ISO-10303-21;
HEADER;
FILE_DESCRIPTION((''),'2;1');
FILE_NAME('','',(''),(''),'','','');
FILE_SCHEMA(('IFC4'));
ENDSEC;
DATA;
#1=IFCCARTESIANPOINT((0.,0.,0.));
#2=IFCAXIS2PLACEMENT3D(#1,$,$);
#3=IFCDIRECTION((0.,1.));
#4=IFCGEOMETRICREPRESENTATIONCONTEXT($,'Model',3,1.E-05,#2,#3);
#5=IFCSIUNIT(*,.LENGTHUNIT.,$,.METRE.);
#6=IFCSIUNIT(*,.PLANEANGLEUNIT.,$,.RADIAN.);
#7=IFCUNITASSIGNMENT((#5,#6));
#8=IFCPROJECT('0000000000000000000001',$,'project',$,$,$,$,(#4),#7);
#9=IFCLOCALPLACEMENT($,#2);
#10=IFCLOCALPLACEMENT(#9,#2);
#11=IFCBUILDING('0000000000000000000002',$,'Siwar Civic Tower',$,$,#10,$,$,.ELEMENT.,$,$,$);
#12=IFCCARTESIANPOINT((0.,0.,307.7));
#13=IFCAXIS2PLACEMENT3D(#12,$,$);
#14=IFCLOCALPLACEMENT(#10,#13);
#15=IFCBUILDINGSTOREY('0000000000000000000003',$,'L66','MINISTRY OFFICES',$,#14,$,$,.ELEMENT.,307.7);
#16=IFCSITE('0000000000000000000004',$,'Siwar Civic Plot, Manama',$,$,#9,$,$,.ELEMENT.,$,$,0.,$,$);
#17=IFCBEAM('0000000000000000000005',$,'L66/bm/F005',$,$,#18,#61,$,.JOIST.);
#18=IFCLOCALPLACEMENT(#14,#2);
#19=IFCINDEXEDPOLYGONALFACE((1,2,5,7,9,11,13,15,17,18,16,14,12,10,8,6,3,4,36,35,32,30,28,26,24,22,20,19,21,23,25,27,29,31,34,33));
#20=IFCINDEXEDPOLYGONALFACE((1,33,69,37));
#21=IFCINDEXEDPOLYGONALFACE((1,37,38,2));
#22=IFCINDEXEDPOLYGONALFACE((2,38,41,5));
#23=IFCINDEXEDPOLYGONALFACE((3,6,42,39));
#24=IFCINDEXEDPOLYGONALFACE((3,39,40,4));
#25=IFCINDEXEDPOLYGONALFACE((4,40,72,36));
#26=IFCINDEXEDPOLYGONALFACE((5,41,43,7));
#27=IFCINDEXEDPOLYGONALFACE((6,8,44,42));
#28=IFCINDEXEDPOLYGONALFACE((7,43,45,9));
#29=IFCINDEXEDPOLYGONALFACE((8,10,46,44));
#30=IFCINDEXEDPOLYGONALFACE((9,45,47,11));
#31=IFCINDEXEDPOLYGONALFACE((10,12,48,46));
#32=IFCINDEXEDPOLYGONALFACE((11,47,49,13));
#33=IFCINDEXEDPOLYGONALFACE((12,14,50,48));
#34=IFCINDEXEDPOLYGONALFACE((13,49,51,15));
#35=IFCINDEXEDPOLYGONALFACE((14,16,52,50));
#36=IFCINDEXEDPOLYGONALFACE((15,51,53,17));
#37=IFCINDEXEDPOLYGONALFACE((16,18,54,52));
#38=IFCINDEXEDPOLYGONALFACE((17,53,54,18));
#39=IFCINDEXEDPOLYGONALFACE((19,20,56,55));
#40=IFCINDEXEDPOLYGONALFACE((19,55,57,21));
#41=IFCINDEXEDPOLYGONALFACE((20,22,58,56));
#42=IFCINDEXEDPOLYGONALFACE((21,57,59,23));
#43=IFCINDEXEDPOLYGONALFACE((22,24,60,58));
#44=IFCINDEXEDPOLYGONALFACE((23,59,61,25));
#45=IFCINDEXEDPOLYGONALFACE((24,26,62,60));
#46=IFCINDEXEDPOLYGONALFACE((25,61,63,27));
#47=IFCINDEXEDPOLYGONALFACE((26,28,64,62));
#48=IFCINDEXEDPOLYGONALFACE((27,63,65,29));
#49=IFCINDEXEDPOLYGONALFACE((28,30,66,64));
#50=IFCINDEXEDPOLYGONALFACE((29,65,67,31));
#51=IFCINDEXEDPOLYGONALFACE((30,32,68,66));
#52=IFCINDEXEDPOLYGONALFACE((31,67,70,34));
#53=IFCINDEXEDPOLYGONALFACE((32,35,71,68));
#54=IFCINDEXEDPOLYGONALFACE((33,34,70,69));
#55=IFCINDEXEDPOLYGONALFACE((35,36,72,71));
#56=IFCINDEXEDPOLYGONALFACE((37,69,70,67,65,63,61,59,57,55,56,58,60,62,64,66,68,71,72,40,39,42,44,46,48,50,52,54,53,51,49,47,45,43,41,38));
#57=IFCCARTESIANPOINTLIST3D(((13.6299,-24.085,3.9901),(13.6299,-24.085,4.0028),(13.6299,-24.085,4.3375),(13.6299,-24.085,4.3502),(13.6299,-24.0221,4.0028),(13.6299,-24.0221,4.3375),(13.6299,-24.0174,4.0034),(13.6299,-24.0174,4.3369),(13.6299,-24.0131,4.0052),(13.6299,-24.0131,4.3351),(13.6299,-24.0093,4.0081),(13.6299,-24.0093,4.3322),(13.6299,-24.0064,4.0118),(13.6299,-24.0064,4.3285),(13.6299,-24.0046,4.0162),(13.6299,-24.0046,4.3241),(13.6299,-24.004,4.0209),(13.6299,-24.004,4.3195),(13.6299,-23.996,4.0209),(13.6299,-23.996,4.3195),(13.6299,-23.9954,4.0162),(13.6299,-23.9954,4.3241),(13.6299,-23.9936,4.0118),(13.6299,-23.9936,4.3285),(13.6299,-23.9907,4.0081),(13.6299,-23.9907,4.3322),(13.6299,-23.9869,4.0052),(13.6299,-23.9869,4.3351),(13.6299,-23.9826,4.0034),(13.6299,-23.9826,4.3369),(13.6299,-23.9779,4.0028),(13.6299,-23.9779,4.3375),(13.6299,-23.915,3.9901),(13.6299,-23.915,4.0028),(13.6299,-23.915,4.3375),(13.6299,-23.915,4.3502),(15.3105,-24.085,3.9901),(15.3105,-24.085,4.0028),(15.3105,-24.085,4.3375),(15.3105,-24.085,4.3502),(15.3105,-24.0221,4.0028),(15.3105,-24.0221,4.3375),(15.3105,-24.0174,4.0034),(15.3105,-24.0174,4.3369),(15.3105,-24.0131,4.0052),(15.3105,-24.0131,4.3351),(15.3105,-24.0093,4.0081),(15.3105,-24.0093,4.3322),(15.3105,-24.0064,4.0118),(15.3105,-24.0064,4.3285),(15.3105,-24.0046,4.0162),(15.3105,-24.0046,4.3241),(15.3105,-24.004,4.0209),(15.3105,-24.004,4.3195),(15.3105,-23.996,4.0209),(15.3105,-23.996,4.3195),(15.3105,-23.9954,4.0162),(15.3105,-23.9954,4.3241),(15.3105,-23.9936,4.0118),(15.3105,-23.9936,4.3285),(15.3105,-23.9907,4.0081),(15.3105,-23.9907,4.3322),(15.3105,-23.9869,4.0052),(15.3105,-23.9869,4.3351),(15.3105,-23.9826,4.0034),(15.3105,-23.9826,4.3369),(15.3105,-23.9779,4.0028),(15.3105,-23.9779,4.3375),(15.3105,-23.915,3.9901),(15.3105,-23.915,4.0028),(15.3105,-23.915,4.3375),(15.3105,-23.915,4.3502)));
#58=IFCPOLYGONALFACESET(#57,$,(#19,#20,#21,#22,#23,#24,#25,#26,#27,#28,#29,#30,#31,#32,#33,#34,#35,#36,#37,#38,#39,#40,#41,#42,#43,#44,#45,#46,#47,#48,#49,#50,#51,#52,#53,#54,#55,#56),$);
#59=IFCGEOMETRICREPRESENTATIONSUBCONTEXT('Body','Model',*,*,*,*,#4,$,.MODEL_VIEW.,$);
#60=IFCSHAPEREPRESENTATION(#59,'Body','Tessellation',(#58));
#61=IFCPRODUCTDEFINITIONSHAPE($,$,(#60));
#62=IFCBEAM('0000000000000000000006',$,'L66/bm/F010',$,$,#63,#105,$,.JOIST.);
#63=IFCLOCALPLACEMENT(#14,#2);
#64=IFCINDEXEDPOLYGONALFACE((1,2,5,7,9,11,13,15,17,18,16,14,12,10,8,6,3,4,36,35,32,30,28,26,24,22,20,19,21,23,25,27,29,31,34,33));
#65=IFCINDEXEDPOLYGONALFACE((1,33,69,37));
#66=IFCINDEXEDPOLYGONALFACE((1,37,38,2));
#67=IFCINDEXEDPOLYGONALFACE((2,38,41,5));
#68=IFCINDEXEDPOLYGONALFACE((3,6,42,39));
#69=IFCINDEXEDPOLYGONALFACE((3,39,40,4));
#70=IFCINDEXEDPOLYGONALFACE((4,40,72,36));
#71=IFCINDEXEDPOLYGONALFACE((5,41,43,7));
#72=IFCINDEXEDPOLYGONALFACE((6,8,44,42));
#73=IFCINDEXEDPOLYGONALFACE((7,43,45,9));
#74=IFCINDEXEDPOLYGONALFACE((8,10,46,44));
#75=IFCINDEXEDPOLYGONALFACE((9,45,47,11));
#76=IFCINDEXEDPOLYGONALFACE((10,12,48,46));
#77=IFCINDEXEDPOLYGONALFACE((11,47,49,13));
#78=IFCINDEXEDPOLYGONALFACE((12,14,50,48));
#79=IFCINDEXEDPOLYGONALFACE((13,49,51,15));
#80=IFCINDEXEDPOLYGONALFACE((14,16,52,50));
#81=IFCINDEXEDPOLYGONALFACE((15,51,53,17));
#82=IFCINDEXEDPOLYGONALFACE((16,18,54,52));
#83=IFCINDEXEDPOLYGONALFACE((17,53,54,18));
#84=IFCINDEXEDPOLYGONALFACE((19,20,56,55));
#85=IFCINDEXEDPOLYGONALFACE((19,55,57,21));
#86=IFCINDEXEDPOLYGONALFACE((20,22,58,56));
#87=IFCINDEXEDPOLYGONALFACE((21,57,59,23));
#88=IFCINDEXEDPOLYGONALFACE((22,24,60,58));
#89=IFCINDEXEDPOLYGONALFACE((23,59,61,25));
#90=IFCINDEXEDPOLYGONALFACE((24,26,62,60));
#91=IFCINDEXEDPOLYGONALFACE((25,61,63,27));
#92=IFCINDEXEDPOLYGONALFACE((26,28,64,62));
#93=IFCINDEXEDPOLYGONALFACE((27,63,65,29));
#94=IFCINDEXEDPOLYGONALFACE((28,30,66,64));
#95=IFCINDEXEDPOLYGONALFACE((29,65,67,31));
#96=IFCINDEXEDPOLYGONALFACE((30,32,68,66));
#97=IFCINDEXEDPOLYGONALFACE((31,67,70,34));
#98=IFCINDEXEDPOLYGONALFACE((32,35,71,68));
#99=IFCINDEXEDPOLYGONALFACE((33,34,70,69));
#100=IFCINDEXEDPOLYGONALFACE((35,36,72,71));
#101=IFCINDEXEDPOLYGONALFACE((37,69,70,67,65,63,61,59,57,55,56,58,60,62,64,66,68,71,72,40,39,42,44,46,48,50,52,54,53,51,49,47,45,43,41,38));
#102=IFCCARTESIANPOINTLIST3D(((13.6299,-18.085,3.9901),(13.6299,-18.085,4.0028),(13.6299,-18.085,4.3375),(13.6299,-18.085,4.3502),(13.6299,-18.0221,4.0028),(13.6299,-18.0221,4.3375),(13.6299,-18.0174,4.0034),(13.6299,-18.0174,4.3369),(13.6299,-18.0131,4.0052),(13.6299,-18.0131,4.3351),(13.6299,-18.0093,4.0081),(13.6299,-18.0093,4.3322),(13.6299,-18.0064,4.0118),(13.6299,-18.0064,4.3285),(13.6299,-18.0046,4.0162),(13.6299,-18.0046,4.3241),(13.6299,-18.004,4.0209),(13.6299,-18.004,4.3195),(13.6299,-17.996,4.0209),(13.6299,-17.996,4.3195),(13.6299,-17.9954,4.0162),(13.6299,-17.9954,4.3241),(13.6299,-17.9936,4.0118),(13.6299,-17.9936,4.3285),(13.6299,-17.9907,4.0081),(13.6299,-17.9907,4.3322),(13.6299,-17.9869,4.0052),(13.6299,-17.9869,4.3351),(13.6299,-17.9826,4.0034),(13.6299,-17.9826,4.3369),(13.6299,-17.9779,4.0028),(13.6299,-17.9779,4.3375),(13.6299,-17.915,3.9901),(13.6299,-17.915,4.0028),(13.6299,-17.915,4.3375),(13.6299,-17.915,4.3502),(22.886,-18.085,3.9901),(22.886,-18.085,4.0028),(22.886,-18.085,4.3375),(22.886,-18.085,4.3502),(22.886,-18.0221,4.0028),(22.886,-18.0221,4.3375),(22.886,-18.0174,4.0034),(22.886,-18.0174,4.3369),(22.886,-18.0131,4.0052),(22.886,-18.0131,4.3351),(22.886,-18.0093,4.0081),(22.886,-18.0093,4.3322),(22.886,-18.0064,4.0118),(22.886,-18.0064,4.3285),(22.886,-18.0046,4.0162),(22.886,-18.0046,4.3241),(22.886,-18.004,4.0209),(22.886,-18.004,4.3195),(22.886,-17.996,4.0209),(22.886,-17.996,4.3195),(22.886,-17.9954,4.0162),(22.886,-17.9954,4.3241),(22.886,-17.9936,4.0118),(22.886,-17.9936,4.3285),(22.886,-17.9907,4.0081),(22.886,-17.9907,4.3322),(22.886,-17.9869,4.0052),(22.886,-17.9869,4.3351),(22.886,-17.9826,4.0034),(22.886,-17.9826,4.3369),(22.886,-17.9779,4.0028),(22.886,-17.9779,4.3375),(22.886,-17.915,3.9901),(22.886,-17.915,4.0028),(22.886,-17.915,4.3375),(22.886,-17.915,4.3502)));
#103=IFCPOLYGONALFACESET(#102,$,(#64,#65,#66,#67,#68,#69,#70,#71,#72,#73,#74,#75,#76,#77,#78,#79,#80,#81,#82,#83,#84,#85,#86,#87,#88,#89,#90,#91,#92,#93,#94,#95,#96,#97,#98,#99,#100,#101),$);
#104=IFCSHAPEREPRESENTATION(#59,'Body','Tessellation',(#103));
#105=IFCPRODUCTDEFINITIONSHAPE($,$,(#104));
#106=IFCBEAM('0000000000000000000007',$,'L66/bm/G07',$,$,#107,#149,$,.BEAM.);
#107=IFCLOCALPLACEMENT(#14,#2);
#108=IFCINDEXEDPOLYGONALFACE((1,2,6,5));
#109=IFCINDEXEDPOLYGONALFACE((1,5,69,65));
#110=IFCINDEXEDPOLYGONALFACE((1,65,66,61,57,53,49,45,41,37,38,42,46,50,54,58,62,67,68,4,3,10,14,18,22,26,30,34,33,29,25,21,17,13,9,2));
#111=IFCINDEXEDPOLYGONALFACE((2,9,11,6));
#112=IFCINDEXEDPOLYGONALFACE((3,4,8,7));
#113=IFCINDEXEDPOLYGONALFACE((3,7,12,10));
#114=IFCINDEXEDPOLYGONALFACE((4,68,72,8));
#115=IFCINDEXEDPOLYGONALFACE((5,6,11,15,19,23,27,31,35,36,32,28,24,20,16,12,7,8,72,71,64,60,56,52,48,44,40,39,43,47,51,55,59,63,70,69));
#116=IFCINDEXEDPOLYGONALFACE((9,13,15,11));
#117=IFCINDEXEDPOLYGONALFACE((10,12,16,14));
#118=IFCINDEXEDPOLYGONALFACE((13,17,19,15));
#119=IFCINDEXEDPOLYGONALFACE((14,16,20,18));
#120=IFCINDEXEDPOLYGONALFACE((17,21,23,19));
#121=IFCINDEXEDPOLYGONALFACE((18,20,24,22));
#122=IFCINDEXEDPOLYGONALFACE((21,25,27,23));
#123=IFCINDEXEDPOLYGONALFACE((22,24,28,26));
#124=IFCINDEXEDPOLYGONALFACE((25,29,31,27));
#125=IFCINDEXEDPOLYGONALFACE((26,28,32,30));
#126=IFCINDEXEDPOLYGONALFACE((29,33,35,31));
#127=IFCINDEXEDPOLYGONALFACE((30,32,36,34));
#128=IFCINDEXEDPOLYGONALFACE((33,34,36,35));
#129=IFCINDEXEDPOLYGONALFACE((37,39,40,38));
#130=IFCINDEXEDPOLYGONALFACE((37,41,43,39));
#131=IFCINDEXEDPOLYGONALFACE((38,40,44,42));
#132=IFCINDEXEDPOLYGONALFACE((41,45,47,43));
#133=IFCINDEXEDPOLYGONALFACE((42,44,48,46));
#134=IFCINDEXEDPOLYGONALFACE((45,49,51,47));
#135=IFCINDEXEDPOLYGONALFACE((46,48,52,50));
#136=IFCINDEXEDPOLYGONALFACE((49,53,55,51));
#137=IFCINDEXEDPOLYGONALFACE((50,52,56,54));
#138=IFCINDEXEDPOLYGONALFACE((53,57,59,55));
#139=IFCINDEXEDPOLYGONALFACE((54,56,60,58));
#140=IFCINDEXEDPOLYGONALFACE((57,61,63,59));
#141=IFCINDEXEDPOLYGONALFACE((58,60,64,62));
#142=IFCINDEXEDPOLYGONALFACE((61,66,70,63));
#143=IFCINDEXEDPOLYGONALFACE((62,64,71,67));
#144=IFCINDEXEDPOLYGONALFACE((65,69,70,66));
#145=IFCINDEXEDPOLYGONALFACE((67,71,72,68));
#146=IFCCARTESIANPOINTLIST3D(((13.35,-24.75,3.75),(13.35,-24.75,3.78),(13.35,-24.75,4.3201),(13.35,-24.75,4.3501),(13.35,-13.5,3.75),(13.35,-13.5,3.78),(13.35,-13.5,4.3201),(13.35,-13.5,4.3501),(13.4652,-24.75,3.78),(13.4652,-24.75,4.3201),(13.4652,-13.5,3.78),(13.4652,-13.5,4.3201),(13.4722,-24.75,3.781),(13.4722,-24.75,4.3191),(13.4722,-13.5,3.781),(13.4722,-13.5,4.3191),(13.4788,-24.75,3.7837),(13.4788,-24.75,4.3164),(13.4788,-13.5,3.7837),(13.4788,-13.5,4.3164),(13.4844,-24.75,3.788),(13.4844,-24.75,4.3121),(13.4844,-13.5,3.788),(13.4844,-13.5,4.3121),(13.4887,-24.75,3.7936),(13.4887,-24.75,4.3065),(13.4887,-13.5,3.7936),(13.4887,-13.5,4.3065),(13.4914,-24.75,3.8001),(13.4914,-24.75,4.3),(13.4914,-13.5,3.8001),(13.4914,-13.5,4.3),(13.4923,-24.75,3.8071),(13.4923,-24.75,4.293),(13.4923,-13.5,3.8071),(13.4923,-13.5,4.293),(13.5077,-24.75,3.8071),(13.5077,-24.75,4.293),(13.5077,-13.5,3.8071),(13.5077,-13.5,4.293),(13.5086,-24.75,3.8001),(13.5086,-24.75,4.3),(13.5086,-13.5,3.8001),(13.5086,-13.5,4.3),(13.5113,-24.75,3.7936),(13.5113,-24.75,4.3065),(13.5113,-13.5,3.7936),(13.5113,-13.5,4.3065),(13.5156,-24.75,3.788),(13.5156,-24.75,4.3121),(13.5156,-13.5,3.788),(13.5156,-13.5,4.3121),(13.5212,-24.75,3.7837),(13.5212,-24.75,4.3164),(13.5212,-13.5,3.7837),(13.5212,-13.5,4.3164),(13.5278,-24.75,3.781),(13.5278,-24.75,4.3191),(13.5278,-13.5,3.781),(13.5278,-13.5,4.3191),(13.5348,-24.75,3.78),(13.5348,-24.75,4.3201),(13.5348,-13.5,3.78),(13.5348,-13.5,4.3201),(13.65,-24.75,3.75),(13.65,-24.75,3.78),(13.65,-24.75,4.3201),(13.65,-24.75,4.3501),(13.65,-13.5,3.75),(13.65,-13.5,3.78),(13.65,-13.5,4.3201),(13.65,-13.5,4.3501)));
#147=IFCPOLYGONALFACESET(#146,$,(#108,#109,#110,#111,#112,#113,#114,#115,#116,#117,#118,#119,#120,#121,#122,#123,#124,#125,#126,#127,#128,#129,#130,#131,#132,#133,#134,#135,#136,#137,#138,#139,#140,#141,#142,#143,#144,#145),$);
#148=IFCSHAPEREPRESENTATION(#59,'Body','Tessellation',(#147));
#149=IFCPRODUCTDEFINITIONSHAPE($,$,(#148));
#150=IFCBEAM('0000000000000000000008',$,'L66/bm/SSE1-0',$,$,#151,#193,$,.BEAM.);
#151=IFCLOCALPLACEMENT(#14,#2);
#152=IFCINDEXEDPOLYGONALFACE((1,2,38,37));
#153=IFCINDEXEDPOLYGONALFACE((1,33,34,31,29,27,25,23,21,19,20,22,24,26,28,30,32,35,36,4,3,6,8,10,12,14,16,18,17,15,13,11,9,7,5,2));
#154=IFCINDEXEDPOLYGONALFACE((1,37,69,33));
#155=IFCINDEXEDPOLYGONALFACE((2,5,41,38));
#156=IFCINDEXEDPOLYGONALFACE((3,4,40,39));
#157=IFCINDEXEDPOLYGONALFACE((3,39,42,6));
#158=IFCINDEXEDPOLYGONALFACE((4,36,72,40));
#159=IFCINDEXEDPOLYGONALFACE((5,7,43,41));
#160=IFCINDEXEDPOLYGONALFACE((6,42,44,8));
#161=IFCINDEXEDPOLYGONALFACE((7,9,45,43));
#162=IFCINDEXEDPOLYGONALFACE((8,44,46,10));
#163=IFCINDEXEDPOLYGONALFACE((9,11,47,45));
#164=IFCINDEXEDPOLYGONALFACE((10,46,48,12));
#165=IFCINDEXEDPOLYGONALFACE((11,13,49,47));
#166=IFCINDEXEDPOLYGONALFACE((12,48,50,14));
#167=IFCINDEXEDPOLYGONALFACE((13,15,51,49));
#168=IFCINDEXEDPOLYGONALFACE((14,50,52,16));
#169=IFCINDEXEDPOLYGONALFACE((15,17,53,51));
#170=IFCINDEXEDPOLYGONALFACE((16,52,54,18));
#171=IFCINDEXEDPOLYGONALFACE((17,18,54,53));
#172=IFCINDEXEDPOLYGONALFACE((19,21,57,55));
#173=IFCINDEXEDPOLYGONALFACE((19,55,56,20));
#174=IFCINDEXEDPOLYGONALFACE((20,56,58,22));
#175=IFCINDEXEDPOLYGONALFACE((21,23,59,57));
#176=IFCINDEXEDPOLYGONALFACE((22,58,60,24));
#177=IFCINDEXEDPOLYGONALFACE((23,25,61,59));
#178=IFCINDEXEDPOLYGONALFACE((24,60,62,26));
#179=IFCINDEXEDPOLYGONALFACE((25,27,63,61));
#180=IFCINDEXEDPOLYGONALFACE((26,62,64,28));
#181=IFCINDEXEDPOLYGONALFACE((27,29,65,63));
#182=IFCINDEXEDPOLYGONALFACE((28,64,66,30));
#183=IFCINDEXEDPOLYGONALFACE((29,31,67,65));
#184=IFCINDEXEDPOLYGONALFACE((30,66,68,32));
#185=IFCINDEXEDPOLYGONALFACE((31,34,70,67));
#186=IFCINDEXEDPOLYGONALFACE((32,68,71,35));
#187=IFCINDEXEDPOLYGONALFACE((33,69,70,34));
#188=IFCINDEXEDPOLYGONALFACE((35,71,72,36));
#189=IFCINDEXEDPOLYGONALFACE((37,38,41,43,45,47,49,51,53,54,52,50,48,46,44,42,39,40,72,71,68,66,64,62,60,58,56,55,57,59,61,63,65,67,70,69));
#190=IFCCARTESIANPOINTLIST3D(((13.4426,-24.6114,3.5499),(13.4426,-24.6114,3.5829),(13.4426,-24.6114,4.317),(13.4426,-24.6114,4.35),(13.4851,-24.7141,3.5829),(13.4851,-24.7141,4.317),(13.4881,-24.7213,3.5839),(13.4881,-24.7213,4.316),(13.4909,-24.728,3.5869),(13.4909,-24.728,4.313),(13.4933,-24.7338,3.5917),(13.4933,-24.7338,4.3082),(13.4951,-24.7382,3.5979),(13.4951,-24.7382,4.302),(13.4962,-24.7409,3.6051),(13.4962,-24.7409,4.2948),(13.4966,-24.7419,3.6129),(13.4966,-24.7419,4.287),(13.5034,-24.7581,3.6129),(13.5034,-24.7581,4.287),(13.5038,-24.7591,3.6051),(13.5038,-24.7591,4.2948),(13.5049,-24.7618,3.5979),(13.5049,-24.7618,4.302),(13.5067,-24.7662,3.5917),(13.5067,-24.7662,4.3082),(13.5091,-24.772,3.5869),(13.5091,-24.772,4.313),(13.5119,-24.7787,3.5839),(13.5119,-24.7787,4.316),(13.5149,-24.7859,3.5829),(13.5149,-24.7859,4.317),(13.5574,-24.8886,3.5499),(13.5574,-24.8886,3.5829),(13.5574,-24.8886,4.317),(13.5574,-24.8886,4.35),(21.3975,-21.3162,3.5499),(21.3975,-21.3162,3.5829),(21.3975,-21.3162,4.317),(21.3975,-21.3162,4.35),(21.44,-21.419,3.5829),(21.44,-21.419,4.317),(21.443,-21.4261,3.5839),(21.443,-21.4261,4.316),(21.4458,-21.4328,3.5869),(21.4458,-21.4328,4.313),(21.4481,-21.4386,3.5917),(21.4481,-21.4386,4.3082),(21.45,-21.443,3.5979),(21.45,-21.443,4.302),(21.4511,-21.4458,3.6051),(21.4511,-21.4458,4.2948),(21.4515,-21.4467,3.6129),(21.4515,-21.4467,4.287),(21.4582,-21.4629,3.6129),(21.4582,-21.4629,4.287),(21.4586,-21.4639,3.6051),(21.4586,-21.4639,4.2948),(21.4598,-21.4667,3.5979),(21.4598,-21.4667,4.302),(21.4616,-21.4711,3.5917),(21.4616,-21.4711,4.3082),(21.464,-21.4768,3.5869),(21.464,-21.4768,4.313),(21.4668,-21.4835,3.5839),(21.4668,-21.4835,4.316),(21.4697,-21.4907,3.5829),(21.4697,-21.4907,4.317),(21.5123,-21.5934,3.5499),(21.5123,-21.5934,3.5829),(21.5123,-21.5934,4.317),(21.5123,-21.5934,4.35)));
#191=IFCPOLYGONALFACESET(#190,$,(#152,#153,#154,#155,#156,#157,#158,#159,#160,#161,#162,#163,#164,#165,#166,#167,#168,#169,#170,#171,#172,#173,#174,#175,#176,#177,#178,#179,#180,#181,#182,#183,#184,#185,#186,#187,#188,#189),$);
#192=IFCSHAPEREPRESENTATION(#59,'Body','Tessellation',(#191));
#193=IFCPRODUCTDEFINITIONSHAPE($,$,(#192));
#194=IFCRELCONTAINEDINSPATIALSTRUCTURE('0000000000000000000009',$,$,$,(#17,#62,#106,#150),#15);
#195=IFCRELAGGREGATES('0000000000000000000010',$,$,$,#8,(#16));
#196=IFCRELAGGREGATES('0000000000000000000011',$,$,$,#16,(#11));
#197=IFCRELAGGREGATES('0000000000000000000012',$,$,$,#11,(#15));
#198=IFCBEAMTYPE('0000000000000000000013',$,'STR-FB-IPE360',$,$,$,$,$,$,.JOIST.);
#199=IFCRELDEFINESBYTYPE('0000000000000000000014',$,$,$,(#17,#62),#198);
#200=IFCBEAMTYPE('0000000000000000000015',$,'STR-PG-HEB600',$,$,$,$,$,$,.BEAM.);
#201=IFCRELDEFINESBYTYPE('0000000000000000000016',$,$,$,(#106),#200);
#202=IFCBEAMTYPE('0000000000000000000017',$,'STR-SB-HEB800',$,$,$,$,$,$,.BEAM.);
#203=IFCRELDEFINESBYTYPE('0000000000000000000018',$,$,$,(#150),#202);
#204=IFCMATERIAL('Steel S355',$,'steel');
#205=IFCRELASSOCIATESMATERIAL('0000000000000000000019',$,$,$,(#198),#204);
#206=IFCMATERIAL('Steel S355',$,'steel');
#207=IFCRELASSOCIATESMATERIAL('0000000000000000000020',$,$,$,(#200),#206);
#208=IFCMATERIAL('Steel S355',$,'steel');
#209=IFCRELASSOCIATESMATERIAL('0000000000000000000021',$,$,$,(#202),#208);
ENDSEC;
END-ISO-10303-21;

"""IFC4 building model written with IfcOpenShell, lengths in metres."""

from ifc_helpers import new_model, si_unit, direction, frame, origin, origin_2d, place, context, subcontext, project, spatial, i_section, extrude, material, material_profile, profile_set, type_object, element, save


model = new_model("IFC4")

# Units and contexts
model_context = context("Model", 3, precision=1e-05, world=origin(), true_north=direction((0.0, 1.0)))
body_context = subcontext(model_context, "Body", "Model", "MODEL_VIEW")
ifc_project = project(units=[si_unit("LENGTHUNIT", "METRE"), si_unit("PLANEANGLEUNIT", "RADIAN")], contexts=[model_context])

# Site, building, storey
site_placement = place(None, origin())
site = spatial("IfcSite", under=ifc_project, at=site_placement, Name="Siwar Civic Plot, Manama", CompositionType="ELEMENT", RefElevation=0.0)
building_placement = place(site_placement, origin())
building = spatial("IfcBuilding", under=site, at=building_placement, Name="Siwar Civic Tower", CompositionType="ELEMENT")
storey_placement = place(building_placement, frame((0.0, 0.0, 307.7)))
storey = spatial("IfcBuildingStorey", under=building, at=storey_placement, Name="L66", Description="MINISTRY OFFICES", CompositionType="ELEMENT", Elevation=307.7)

# Beams
ifc_material_1 = material(Name="Steel S355", Category="steel")
ifc_material_profile_1 = material_profile(ifc_material_1, i_section(OverallWidth=0.1699, OverallDepth=0.3601, WebThickness=0.0081, FlangeThickness=0.0127, FilletRadius=0.0181, at=origin_2d()), Name="IPE360")
ifc_profile_set_1 = profile_set([ifc_material_profile_1], Name="Steel S355")
beam_type_1 = type_object("IfcBeamType", Name="STR-FB-IPE360", PredefinedType="JOIST", material=ifc_profile_set_1)
beam_1_placement = place(storey_placement, frame((13.6299, -24.0, 4.1702), z_axis=(1.0, 0.0, 0.0), x_axis=(0.0, 1.0, 0.0)))
element("IfcBeam", 1, at=beam_1_placement, inside=storey, type_object=beam_type_1, Name="L66/bm/F005", PredefinedType="JOIST", context=body_context, shape_type="SweptSolid", body=[
    extrude(i_section(OverallWidth=0.1699, OverallDepth=0.3601, WebThickness=0.0081, FlangeThickness=0.0127, FilletRadius=0.0181, at=origin_2d()), origin(), (0.0, 0.0, 1.0), 1.6807),
])
beam_2_placement = place(storey_placement, frame((13.6299, -18.0, 4.1702), z_axis=(1.0, 0.0, 0.0), x_axis=(0.0, 1.0, 0.0)))
element("IfcBeam", 2, at=beam_2_placement, inside=storey, type_object=beam_type_1, Name="L66/bm/F010", PredefinedType="JOIST", context=body_context, shape_type="SweptSolid", body=[
    extrude(i_section(OverallWidth=0.1699, OverallDepth=0.3601, WebThickness=0.0081, FlangeThickness=0.0127, FilletRadius=0.0181, at=origin_2d()), origin(), (0.0, 0.0, 1.0), 9.2561),
])
ifc_material_2 = material(Name="Steel S355", Category="steel")
ifc_material_profile_2 = material_profile(ifc_material_2, i_section(OverallWidth=0.3, OverallDepth=0.6001, WebThickness=0.0154, FlangeThickness=0.03, FilletRadius=0.0271, at=origin_2d()), Name="HEB600")
ifc_profile_set_2 = profile_set([ifc_material_profile_2], Name="Steel S355")
beam_type_2 = type_object("IfcBeamType", Name="STR-PG-HEB600", PredefinedType="BEAM", material=ifc_profile_set_2)
beam_3_placement = place(storey_placement, frame((13.5, -24.75, 4.05), z_axis=(0.0, 1.0, 0.0), x_axis=(-1.0, 0.0, 0.0)))
element("IfcBeam", 3, at=beam_3_placement, inside=storey, type_object=beam_type_2, Name="L66/bm/G07", PredefinedType="BEAM", context=body_context, shape_type="SweptSolid", body=[
    extrude(i_section(OverallWidth=0.3, OverallDepth=0.6001, WebThickness=0.0154, FlangeThickness=0.03, FilletRadius=0.0271, at=origin_2d()), origin(), (0.0, 0.0, 1.0), 11.25),
])
ifc_material_3 = material(Name="Steel S355", Category="steel")
ifc_material_profile_3 = material_profile(ifc_material_3, i_section(OverallWidth=0.3, OverallDepth=0.8, WebThickness=0.0176, FlangeThickness=0.033, FilletRadius=0.03, at=origin_2d()), Name="HEB800")
ifc_profile_set_3 = profile_set([ifc_material_profile_3], Name="Steel S355")
beam_type_3 = type_object("IfcBeamType", Name="STR-SB-HEB800", PredefinedType="BEAM", material=ifc_profile_set_3)
for number, where, z_axis, x_axis, name in (
    (4, (13.5, -24.75, 3.95), (0.923873, 0.3827, 0.0), (-0.3827, 0.923873, 0.0), "L66/bm/SSE1-0"),
):
    element("IfcBeam", number, at=place(storey_placement, frame(where, z_axis=z_axis, x_axis=x_axis)), inside=storey, type_object=beam_type_3, Name=name, PredefinedType="BEAM", context=body_context, shape_type="SweptSolid", body=[
        extrude(i_section(OverallWidth=0.3, OverallDepth=0.8, WebThickness=0.0176, FlangeThickness=0.033, FilletRadius=0.03, at=origin_2d()), origin(), (0.0, 0.0, 1.0), 8.6104),
    ])

save(model, "model.ifc")
